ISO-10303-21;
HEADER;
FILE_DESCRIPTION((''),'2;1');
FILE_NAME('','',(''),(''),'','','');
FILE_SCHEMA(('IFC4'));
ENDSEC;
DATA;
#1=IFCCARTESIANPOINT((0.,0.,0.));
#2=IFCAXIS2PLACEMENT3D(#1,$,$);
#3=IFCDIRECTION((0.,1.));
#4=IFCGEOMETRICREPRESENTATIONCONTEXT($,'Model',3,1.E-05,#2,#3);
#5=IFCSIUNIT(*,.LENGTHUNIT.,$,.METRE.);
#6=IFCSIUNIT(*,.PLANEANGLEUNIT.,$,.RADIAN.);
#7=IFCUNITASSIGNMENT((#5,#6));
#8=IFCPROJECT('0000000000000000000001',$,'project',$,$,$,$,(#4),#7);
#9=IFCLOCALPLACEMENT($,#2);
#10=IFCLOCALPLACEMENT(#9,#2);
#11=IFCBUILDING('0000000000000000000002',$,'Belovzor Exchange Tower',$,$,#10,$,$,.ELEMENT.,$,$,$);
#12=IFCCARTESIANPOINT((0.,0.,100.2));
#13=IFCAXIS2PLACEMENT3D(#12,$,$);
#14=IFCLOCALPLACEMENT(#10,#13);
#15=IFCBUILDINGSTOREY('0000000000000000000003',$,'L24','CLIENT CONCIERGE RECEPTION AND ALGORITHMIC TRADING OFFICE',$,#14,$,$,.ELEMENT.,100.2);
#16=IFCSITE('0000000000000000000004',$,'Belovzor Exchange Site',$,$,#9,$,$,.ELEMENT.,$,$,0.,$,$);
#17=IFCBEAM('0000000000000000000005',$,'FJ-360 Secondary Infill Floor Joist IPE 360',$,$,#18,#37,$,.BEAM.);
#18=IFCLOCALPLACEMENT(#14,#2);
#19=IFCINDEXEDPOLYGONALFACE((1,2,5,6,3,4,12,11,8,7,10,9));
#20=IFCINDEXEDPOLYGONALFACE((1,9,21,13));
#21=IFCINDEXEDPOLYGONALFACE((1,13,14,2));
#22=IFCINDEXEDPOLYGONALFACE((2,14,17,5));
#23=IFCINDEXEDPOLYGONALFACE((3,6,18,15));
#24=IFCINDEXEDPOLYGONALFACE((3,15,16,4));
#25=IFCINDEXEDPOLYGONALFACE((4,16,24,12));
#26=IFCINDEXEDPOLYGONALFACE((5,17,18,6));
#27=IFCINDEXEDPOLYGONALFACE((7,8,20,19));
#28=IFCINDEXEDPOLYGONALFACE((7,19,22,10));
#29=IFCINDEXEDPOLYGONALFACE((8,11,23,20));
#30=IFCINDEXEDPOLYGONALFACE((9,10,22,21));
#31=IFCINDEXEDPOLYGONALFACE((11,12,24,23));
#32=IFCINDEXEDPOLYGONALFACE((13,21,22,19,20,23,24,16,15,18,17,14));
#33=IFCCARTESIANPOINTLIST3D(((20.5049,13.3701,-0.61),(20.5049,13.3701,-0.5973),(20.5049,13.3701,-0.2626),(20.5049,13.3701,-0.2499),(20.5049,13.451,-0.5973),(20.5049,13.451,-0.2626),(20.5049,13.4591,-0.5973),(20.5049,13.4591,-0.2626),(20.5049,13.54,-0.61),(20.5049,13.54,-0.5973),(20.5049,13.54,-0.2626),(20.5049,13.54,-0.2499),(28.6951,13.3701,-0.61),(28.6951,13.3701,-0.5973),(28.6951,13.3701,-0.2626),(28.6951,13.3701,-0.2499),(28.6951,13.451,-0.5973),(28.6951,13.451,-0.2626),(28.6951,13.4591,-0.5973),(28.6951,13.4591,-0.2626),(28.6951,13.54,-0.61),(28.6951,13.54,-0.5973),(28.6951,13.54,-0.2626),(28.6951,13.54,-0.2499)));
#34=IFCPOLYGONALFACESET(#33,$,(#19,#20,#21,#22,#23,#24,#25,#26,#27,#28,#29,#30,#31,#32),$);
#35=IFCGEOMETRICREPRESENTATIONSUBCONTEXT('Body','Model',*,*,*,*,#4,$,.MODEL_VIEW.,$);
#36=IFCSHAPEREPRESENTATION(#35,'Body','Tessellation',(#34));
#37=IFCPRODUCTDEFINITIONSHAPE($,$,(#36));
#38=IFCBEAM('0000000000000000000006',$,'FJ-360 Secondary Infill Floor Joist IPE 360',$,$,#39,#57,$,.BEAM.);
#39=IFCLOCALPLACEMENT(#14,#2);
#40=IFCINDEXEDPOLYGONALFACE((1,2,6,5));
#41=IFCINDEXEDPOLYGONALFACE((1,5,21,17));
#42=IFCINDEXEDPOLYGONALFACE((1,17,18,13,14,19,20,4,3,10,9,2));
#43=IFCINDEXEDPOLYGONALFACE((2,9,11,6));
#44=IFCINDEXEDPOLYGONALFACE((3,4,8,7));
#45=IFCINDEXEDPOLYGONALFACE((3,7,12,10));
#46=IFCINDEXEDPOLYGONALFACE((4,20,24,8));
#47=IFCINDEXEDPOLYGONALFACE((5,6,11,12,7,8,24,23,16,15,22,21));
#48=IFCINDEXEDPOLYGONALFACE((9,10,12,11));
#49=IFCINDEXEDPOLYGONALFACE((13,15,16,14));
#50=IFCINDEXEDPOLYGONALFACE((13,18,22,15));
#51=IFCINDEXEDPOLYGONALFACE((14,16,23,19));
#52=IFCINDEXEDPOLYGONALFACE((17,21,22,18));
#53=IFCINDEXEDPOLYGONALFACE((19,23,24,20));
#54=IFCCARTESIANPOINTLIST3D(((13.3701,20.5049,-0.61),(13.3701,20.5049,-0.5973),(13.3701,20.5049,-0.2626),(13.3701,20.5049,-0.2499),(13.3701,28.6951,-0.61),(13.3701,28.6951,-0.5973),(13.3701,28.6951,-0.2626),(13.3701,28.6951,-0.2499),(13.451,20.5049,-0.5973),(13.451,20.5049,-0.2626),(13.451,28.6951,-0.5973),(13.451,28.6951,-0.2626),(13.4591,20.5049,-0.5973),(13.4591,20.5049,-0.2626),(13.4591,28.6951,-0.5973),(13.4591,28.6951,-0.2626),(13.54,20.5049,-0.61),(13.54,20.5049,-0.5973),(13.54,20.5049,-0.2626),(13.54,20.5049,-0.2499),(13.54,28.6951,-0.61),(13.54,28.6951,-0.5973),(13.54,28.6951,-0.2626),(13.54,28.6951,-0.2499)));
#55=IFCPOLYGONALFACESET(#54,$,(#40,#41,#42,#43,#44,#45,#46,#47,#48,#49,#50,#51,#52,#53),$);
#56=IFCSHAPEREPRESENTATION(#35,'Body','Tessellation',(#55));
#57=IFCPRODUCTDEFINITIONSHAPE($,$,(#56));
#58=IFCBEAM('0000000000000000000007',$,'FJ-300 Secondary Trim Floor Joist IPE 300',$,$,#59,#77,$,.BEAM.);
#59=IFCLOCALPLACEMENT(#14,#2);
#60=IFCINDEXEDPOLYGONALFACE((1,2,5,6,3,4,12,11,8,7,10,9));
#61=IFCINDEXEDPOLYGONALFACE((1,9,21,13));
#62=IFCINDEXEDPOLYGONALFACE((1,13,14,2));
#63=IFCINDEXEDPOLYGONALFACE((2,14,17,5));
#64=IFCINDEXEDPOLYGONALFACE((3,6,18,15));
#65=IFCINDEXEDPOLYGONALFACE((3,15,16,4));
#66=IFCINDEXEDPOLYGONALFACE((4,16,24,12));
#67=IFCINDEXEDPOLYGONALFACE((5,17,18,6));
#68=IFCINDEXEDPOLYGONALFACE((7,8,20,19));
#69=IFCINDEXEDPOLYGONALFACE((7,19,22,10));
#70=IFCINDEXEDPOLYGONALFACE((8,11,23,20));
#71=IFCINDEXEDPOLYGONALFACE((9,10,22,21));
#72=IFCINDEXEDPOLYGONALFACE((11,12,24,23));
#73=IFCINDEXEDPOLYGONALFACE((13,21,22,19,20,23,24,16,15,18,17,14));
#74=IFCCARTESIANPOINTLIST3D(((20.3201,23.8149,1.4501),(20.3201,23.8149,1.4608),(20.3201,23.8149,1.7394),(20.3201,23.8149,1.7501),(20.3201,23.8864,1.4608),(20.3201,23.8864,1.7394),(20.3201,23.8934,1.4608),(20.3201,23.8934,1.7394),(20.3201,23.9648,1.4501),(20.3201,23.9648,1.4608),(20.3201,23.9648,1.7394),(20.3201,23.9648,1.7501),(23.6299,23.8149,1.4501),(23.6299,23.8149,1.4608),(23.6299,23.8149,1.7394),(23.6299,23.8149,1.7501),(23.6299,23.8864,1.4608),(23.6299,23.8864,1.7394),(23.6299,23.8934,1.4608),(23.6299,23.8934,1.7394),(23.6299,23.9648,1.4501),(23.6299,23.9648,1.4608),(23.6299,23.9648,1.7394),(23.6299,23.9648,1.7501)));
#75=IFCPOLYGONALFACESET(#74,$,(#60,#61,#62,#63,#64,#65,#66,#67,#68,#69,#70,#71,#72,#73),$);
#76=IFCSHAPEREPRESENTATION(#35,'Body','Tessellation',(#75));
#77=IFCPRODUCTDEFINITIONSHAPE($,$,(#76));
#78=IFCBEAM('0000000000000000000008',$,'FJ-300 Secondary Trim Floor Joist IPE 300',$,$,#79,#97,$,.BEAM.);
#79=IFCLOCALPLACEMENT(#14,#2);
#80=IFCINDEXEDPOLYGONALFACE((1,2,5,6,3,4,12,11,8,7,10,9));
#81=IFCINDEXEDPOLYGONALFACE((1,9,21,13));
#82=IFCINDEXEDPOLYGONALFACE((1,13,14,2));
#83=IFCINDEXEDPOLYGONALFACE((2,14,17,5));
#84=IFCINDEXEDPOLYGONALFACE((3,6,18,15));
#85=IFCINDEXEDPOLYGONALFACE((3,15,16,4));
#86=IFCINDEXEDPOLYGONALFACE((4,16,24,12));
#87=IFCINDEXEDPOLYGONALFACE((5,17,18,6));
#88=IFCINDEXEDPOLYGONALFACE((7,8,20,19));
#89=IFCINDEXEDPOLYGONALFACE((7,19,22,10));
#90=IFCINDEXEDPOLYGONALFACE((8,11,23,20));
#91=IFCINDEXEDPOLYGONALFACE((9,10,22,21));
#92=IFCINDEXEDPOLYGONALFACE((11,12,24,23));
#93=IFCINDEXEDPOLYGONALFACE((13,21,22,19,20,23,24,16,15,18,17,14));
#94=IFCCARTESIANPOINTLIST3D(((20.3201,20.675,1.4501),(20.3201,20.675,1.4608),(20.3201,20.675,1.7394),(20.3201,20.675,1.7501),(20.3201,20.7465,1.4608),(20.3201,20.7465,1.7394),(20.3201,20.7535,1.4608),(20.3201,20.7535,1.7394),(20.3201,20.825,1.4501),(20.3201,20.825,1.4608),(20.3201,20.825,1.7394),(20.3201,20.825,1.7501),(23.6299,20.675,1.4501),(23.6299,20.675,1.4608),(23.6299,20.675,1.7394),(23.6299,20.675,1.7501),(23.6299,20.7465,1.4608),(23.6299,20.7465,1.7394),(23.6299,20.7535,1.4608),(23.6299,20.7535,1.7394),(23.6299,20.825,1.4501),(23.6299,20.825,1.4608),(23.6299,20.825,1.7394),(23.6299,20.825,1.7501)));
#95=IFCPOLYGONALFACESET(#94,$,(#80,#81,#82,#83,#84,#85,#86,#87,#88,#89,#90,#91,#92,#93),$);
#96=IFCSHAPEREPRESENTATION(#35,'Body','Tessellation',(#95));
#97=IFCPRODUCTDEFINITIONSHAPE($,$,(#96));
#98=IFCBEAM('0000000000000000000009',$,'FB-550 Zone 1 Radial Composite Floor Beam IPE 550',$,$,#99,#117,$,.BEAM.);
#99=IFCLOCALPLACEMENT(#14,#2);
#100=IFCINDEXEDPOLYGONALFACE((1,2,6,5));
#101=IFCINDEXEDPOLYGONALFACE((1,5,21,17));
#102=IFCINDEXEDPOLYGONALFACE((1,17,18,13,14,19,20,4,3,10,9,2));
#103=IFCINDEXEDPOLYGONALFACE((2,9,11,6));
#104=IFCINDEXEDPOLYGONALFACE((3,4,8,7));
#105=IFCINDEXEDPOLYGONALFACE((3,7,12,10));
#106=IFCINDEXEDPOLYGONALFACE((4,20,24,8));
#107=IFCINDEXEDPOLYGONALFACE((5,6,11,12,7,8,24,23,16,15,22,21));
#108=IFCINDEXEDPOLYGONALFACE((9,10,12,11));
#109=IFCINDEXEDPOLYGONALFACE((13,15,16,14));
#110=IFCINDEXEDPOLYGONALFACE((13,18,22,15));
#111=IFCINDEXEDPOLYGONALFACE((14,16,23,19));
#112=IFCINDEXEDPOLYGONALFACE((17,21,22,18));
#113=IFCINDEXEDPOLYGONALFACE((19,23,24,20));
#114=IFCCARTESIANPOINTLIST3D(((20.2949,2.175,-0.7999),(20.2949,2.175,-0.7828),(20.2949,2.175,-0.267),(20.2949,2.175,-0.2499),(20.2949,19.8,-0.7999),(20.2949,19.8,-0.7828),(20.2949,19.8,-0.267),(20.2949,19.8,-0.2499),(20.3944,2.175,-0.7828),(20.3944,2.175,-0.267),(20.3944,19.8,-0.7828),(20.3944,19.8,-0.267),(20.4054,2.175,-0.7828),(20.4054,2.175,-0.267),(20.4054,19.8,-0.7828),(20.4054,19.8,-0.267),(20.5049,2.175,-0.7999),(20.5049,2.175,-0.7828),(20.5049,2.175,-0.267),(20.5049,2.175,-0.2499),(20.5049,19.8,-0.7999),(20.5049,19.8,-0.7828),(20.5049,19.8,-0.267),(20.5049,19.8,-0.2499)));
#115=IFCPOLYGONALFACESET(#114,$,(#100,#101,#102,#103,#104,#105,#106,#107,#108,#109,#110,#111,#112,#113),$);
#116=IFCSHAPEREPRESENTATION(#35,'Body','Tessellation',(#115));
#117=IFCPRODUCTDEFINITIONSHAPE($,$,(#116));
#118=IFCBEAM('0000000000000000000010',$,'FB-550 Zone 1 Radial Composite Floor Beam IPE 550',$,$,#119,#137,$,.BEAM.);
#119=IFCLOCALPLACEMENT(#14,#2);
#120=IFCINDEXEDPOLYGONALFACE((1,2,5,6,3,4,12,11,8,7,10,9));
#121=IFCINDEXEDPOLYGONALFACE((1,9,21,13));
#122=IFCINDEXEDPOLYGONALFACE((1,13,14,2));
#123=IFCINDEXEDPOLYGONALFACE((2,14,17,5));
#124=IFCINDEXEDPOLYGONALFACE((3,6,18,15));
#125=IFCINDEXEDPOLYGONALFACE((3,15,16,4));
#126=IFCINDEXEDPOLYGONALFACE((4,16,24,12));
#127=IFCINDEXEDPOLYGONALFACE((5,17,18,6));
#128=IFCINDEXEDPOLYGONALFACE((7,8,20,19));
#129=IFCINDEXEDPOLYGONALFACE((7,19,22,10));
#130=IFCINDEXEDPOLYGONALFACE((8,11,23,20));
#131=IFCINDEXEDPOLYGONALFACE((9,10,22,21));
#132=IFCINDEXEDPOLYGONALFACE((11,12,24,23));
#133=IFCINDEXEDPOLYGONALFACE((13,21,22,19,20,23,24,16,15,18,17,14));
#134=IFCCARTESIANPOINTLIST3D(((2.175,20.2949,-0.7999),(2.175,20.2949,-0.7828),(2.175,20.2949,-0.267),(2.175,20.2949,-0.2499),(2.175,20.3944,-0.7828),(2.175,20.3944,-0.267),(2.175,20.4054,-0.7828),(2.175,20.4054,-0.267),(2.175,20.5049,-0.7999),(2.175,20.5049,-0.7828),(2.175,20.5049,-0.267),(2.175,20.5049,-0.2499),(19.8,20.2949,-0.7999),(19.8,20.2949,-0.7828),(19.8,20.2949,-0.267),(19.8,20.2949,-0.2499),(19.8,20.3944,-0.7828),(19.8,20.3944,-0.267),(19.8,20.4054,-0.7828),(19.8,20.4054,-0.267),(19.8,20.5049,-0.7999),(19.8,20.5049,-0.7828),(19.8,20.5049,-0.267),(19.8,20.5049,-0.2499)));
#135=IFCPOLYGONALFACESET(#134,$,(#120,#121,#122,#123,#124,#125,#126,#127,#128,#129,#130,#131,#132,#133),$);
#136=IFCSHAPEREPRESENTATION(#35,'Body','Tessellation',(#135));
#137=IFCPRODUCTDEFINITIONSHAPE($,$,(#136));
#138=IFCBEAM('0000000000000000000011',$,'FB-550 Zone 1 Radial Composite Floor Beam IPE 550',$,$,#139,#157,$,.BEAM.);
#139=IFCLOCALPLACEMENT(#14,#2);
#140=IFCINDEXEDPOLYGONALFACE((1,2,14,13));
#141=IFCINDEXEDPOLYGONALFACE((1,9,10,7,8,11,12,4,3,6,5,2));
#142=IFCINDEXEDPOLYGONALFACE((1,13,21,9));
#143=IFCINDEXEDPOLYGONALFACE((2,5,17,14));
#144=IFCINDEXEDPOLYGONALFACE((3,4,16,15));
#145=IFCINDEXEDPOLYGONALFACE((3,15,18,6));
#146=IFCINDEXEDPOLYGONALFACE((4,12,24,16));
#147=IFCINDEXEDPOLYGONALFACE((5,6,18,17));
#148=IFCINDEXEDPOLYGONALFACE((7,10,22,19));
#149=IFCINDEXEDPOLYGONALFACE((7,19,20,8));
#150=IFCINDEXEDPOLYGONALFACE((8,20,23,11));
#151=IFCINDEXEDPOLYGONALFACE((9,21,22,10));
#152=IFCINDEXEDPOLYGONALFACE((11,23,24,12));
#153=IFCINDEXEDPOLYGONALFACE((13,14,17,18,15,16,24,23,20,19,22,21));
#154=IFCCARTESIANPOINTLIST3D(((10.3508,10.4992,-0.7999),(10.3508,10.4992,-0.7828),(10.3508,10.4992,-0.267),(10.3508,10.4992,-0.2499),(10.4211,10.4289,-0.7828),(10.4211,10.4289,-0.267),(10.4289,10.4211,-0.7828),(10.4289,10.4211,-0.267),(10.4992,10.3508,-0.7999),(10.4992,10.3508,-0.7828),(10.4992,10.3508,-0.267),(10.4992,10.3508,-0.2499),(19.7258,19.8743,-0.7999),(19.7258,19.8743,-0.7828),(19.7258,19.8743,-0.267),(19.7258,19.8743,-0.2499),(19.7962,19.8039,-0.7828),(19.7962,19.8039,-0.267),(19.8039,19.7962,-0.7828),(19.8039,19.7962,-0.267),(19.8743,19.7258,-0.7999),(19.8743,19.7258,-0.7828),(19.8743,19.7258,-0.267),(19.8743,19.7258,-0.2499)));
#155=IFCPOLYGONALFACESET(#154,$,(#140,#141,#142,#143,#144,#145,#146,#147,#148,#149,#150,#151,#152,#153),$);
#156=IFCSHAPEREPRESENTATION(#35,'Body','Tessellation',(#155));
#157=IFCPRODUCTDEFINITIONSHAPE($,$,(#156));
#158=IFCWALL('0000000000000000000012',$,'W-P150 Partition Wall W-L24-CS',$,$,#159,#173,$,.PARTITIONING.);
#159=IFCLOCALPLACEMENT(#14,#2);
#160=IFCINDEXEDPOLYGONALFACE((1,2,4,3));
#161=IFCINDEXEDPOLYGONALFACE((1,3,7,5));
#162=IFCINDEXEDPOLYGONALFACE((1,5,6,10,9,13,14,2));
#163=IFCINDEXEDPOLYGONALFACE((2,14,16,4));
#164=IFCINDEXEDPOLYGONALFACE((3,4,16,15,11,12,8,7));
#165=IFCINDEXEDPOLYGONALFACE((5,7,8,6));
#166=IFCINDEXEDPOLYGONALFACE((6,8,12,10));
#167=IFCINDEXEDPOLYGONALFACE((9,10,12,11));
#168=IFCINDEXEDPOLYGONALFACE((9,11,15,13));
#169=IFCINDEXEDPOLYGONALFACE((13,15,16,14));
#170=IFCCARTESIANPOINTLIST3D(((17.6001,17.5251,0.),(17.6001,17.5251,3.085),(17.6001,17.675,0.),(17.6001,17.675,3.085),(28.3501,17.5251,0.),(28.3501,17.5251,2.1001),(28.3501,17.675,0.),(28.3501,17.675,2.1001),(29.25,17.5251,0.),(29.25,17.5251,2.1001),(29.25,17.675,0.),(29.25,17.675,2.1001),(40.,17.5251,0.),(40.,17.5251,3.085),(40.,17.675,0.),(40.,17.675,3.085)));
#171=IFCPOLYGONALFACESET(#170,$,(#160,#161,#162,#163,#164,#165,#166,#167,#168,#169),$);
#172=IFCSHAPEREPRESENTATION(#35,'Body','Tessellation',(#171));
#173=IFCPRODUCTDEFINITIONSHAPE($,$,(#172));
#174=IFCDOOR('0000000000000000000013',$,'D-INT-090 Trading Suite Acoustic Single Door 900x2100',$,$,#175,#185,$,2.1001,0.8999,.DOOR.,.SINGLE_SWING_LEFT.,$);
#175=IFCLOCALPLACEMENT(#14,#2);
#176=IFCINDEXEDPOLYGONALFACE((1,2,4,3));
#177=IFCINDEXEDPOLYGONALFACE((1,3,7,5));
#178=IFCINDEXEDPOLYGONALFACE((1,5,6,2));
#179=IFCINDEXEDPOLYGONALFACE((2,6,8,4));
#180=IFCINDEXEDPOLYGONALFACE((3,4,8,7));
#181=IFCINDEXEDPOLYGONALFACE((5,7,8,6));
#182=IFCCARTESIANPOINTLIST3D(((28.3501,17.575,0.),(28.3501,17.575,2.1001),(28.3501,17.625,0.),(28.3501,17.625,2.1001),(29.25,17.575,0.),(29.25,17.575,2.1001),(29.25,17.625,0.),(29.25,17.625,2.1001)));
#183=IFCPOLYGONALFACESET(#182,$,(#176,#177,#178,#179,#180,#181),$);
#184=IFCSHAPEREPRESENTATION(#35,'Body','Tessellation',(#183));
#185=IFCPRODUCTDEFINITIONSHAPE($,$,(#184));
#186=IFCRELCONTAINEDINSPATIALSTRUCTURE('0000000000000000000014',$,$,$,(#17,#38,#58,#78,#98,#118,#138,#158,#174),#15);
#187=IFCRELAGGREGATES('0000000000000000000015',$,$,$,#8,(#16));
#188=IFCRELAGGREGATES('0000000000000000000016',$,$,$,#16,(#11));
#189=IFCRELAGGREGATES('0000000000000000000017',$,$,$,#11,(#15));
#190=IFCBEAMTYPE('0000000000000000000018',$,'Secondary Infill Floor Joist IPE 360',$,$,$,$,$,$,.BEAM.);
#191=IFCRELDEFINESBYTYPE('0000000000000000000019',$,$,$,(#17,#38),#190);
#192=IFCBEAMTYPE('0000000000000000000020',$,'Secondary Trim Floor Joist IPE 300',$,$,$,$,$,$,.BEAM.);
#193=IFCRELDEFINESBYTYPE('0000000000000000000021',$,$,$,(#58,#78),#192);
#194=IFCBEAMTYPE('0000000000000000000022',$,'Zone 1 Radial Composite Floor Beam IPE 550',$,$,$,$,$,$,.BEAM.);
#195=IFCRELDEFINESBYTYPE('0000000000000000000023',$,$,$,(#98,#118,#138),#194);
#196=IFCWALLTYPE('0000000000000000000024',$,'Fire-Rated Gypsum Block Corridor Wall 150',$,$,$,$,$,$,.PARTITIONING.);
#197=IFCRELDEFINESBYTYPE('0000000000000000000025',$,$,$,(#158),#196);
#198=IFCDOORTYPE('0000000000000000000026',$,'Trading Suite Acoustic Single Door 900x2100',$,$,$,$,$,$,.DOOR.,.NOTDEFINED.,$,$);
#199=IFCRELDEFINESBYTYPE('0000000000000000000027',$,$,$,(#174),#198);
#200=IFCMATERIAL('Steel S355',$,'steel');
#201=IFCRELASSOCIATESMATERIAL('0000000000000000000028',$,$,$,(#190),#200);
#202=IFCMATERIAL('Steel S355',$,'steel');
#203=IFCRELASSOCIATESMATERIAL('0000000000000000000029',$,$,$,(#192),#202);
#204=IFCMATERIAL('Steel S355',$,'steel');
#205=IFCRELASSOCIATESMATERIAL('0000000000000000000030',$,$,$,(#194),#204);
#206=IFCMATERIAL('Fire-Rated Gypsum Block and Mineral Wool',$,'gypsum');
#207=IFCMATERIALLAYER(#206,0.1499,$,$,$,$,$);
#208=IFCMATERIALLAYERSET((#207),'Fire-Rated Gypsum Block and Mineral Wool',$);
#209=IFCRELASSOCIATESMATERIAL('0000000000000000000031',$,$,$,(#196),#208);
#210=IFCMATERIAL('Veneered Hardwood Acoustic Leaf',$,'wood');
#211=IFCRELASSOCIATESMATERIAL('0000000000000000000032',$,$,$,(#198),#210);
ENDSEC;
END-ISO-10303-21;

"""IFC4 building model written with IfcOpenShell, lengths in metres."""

from ifc_helpers import new_model, si_unit, direction, frame, frame_2d, origin, origin_2d, place, context, subcontext, project, spatial, rectangle, i_section, extrude, material, layer, layer_set, material_profile, profile_set, type_object, element, fill, save


model = new_model("IFC4")

# Units and contexts
model_context = context("Model", 3, precision=1e-05, world=origin(), true_north=direction((0.0, 1.0)))
body_context = subcontext(model_context, "Body", "Model", "MODEL_VIEW")
ifc_project = project(units=[si_unit("LENGTHUNIT", "METRE"), si_unit("PLANEANGLEUNIT", "RADIAN")], contexts=[model_context])

# Site, building, storey
site_placement = place(None, origin())
site = spatial("IfcSite", under=ifc_project, at=site_placement, Name="Belovzor Exchange Site", CompositionType="ELEMENT", RefElevation=0.0)
building_placement = place(site_placement, origin())
building = spatial("IfcBuilding", under=site, at=building_placement, Name="Belovzor Exchange Tower", CompositionType="ELEMENT")
storey_placement = place(building_placement, frame((0.0, 0.0, 100.2)))
storey = spatial("IfcBuildingStorey", under=building, at=storey_placement, Name="L24", Description="CLIENT CONCIERGE RECEPTION AND ALGORITHMIC TRADING OFFICE", CompositionType="ELEMENT", Elevation=100.2)

# Beams
ifc_material_1 = material(Name="Steel S355", Category="steel")
ifc_material_profile_1 = material_profile(ifc_material_1, i_section(OverallWidth=0.1699, OverallDepth=0.3601, WebThickness=0.0081, FlangeThickness=0.0127, at=origin_2d()))
ifc_profile_set_1 = profile_set([ifc_material_profile_1], Name="Steel S355")
beam_type_1 = type_object("IfcBeamType", Name="Secondary Infill Floor Joist IPE 360", PredefinedType="BEAM", material=ifc_profile_set_1)
for number, where, z_axis, x_axis, name in (
    (1, (20.5049, 13.4551, -0.4299), (1.0, 0.0, 0.0), (0.0, 1.0, 0.0), "FJ-360 Secondary Infill Floor Joist IPE 360"),
    (2, (13.4551, 20.5049, -0.4299), (0.0, 1.0, 0.0), (-1.0, 0.0, 0.0), "FJ-360 Secondary Infill Floor Joist IPE 360"),
):
    element("IfcBeam", number, at=place(storey_placement, frame(where, z_axis=z_axis, x_axis=x_axis)), inside=storey, type_object=beam_type_1, Name=name, PredefinedType="BEAM", context=body_context, shape_type="SweptSolid", body=[
        extrude(i_section(OverallWidth=0.1699, OverallDepth=0.3601, WebThickness=0.0081, FlangeThickness=0.0127, at=origin_2d()), origin(), (0.0, 0.0, 1.0), 8.1902),
    ])
ifc_material_2 = material(Name="Steel S355", Category="steel")
ifc_material_profile_2 = material_profile(ifc_material_2, i_section(OverallWidth=0.1499, OverallDepth=0.3, WebThickness=0.0071, FlangeThickness=0.0107, at=origin_2d()))
ifc_profile_set_2 = profile_set([ifc_material_profile_2], Name="Steel S355")
beam_type_2 = type_object("IfcBeamType", Name="Secondary Trim Floor Joist IPE 300", PredefinedType="BEAM", material=ifc_profile_set_2)
for number, where, z_axis, x_axis, name in (
    (3, (20.3201, 23.8899, 1.6001), (1.0, 0.0, 0.0), (0.0, 1.0, 0.0), "FJ-300 Secondary Trim Floor Joist IPE 300"),
    (4, (20.3201, 20.75, 1.6001), (1.0, 0.0, 0.0), (0.0, 1.0, 0.0), "FJ-300 Secondary Trim Floor Joist IPE 300"),
):
    element("IfcBeam", number, at=place(storey_placement, frame(where, z_axis=z_axis, x_axis=x_axis)), inside=storey, type_object=beam_type_2, Name=name, PredefinedType="BEAM", context=body_context, shape_type="SweptSolid", body=[
        extrude(i_section(OverallWidth=0.1499, OverallDepth=0.3, WebThickness=0.0071, FlangeThickness=0.0107, at=origin_2d()), origin(), (0.0, 0.0, 1.0), 3.3098),
    ])
ifc_material_3 = material(Name="Steel S355", Category="steel")
ifc_material_profile_3 = material_profile(ifc_material_3, i_section(OverallWidth=0.21, OverallDepth=0.55, WebThickness=0.011, FlangeThickness=0.0171, at=origin_2d()))
ifc_profile_set_3 = profile_set([ifc_material_profile_3], Name="Steel S355")
beam_type_3 = type_object("IfcBeamType", Name="Zone 1 Radial Composite Floor Beam IPE 550", PredefinedType="BEAM", material=ifc_profile_set_3)
for number, where, z_axis, x_axis, name in (
    (5, (20.3999, 19.8, -0.5249), (0.0, -1.0, 0.0), (1.0, 0.0, 0.0), "FB-550 Zone 1 Radial Composite Floor Beam IPE 550"),
    (6, (19.8, 20.3999, -0.5249), (-1.0, 0.0, 0.0), (0.0, -1.0, 0.0), "FB-550 Zone 1 Radial Composite Floor Beam IPE 550"),
):
    element("IfcBeam", number, at=place(storey_placement, frame(where, z_axis=z_axis, x_axis=x_axis)), inside=storey, type_object=beam_type_3, Name=name, PredefinedType="BEAM", context=body_context, shape_type="SweptSolid", body=[
        extrude(i_section(OverallWidth=0.21, OverallDepth=0.55, WebThickness=0.011, FlangeThickness=0.0171, at=origin_2d()), origin(), (0.0, 0.0, 1.0), 17.625),
    ])
beam_placement = place(storey_placement, frame((19.8, 19.8, -0.5249), z_axis=(-0.707107, -0.707107, 0.0), x_axis=(0.707107, -0.707107, 0.0)))
element("IfcBeam", 7, at=beam_placement, inside=storey, type_object=beam_type_3, Name="FB-550 Zone 1 Radial Composite Floor Beam IPE 550", PredefinedType="BEAM", context=body_context, shape_type="SweptSolid", body=[
    extrude(i_section(OverallWidth=0.21, OverallDepth=0.55, WebThickness=0.011, FlangeThickness=0.0171, at=origin_2d()), origin(), (0.0, 0.0, 1.0), 13.2583),
])

# Wall, opening, door
ifc_material_4 = material(Name="Fire-Rated Gypsum Block and Mineral Wool", Category="gypsum")
ifc_layer_1 = layer(ifc_material_4, 0.1499)
ifc_layer_set_1 = layer_set([ifc_layer_1], Name="Fire-Rated Gypsum Block and Mineral Wool")
wall_type_1 = type_object("IfcWallType", Name="Fire-Rated Gypsum Block Corridor Wall 150", PredefinedType="PARTITIONING", material=ifc_layer_set_1)
wall_1_placement = place(storey_placement, frame((17.6001, 17.6001, 0.0), z_axis=(0.0, 0.0, 1.0), x_axis=(1.0, 0.0, 0.0)))
wall_1 = element("IfcWall", 8, at=wall_1_placement, inside=storey, type_object=wall_type_1, Name="W-P150 Partition Wall W-L24-CS", PredefinedType="PARTITIONING", context=body_context, shape_type="SweptSolid", body=[
    extrude(rectangle(XDim=22.3999, YDim=0.1499, at=frame_2d((11.2, 0.0))), origin(), (0.0, 0.0, 1.0), 3.085),
])
opening_1_placement = place(wall_1_placement, frame((10.75, 0.0, 0.0)))
opening_1 = element("IfcOpeningElement", 9, at=opening_1_placement, cuts=wall_1, PredefinedType="OPENING", context=body_context, shape_type="SweptSolid", body=[
    extrude(rectangle(XDim=0.8999, YDim=2.1001, at=frame_2d((0.45, 1.05))), frame((0.0, 0.085, 0.0), z_axis=(0.0, -1.0, 0.0), x_axis=(1.0, 0.0, 0.0)), (0.0, 0.0, 1.0), 0.1699),
])
ifc_material_5 = material(Name="Veneered Hardwood Acoustic Leaf", Category="wood")
door_type_1 = type_object("IfcDoorType", Name="Trading Suite Acoustic Single Door 900x2100", OperationType="NOTDEFINED", PredefinedType="DOOR", material=ifc_material_5)
door_1_placement = place(opening_1_placement, origin())
door_1 = element("IfcDoor", 10, at=door_1_placement, inside=storey, type_object=door_type_1, Name="D-INT-090 Trading Suite Acoustic Single Door 900x2100", OperationType="SINGLE_SWING_LEFT", OverallHeight=2.1001, OverallWidth=0.8999, PredefinedType="DOOR", context=body_context, shape_type="SweptSolid", body=[
    extrude(rectangle(XDim=0.8999, YDim=2.1001, at=frame_2d((0.45, 1.05))), frame((0.0, 0.0249, 0.0), z_axis=(0.0, -1.0, 0.0), x_axis=(1.0, 0.0, 0.0)), (0.0, 0.0, 1.0), 0.05),
])
fill(opening_1, door_1)

save(model, "model.ifc")
